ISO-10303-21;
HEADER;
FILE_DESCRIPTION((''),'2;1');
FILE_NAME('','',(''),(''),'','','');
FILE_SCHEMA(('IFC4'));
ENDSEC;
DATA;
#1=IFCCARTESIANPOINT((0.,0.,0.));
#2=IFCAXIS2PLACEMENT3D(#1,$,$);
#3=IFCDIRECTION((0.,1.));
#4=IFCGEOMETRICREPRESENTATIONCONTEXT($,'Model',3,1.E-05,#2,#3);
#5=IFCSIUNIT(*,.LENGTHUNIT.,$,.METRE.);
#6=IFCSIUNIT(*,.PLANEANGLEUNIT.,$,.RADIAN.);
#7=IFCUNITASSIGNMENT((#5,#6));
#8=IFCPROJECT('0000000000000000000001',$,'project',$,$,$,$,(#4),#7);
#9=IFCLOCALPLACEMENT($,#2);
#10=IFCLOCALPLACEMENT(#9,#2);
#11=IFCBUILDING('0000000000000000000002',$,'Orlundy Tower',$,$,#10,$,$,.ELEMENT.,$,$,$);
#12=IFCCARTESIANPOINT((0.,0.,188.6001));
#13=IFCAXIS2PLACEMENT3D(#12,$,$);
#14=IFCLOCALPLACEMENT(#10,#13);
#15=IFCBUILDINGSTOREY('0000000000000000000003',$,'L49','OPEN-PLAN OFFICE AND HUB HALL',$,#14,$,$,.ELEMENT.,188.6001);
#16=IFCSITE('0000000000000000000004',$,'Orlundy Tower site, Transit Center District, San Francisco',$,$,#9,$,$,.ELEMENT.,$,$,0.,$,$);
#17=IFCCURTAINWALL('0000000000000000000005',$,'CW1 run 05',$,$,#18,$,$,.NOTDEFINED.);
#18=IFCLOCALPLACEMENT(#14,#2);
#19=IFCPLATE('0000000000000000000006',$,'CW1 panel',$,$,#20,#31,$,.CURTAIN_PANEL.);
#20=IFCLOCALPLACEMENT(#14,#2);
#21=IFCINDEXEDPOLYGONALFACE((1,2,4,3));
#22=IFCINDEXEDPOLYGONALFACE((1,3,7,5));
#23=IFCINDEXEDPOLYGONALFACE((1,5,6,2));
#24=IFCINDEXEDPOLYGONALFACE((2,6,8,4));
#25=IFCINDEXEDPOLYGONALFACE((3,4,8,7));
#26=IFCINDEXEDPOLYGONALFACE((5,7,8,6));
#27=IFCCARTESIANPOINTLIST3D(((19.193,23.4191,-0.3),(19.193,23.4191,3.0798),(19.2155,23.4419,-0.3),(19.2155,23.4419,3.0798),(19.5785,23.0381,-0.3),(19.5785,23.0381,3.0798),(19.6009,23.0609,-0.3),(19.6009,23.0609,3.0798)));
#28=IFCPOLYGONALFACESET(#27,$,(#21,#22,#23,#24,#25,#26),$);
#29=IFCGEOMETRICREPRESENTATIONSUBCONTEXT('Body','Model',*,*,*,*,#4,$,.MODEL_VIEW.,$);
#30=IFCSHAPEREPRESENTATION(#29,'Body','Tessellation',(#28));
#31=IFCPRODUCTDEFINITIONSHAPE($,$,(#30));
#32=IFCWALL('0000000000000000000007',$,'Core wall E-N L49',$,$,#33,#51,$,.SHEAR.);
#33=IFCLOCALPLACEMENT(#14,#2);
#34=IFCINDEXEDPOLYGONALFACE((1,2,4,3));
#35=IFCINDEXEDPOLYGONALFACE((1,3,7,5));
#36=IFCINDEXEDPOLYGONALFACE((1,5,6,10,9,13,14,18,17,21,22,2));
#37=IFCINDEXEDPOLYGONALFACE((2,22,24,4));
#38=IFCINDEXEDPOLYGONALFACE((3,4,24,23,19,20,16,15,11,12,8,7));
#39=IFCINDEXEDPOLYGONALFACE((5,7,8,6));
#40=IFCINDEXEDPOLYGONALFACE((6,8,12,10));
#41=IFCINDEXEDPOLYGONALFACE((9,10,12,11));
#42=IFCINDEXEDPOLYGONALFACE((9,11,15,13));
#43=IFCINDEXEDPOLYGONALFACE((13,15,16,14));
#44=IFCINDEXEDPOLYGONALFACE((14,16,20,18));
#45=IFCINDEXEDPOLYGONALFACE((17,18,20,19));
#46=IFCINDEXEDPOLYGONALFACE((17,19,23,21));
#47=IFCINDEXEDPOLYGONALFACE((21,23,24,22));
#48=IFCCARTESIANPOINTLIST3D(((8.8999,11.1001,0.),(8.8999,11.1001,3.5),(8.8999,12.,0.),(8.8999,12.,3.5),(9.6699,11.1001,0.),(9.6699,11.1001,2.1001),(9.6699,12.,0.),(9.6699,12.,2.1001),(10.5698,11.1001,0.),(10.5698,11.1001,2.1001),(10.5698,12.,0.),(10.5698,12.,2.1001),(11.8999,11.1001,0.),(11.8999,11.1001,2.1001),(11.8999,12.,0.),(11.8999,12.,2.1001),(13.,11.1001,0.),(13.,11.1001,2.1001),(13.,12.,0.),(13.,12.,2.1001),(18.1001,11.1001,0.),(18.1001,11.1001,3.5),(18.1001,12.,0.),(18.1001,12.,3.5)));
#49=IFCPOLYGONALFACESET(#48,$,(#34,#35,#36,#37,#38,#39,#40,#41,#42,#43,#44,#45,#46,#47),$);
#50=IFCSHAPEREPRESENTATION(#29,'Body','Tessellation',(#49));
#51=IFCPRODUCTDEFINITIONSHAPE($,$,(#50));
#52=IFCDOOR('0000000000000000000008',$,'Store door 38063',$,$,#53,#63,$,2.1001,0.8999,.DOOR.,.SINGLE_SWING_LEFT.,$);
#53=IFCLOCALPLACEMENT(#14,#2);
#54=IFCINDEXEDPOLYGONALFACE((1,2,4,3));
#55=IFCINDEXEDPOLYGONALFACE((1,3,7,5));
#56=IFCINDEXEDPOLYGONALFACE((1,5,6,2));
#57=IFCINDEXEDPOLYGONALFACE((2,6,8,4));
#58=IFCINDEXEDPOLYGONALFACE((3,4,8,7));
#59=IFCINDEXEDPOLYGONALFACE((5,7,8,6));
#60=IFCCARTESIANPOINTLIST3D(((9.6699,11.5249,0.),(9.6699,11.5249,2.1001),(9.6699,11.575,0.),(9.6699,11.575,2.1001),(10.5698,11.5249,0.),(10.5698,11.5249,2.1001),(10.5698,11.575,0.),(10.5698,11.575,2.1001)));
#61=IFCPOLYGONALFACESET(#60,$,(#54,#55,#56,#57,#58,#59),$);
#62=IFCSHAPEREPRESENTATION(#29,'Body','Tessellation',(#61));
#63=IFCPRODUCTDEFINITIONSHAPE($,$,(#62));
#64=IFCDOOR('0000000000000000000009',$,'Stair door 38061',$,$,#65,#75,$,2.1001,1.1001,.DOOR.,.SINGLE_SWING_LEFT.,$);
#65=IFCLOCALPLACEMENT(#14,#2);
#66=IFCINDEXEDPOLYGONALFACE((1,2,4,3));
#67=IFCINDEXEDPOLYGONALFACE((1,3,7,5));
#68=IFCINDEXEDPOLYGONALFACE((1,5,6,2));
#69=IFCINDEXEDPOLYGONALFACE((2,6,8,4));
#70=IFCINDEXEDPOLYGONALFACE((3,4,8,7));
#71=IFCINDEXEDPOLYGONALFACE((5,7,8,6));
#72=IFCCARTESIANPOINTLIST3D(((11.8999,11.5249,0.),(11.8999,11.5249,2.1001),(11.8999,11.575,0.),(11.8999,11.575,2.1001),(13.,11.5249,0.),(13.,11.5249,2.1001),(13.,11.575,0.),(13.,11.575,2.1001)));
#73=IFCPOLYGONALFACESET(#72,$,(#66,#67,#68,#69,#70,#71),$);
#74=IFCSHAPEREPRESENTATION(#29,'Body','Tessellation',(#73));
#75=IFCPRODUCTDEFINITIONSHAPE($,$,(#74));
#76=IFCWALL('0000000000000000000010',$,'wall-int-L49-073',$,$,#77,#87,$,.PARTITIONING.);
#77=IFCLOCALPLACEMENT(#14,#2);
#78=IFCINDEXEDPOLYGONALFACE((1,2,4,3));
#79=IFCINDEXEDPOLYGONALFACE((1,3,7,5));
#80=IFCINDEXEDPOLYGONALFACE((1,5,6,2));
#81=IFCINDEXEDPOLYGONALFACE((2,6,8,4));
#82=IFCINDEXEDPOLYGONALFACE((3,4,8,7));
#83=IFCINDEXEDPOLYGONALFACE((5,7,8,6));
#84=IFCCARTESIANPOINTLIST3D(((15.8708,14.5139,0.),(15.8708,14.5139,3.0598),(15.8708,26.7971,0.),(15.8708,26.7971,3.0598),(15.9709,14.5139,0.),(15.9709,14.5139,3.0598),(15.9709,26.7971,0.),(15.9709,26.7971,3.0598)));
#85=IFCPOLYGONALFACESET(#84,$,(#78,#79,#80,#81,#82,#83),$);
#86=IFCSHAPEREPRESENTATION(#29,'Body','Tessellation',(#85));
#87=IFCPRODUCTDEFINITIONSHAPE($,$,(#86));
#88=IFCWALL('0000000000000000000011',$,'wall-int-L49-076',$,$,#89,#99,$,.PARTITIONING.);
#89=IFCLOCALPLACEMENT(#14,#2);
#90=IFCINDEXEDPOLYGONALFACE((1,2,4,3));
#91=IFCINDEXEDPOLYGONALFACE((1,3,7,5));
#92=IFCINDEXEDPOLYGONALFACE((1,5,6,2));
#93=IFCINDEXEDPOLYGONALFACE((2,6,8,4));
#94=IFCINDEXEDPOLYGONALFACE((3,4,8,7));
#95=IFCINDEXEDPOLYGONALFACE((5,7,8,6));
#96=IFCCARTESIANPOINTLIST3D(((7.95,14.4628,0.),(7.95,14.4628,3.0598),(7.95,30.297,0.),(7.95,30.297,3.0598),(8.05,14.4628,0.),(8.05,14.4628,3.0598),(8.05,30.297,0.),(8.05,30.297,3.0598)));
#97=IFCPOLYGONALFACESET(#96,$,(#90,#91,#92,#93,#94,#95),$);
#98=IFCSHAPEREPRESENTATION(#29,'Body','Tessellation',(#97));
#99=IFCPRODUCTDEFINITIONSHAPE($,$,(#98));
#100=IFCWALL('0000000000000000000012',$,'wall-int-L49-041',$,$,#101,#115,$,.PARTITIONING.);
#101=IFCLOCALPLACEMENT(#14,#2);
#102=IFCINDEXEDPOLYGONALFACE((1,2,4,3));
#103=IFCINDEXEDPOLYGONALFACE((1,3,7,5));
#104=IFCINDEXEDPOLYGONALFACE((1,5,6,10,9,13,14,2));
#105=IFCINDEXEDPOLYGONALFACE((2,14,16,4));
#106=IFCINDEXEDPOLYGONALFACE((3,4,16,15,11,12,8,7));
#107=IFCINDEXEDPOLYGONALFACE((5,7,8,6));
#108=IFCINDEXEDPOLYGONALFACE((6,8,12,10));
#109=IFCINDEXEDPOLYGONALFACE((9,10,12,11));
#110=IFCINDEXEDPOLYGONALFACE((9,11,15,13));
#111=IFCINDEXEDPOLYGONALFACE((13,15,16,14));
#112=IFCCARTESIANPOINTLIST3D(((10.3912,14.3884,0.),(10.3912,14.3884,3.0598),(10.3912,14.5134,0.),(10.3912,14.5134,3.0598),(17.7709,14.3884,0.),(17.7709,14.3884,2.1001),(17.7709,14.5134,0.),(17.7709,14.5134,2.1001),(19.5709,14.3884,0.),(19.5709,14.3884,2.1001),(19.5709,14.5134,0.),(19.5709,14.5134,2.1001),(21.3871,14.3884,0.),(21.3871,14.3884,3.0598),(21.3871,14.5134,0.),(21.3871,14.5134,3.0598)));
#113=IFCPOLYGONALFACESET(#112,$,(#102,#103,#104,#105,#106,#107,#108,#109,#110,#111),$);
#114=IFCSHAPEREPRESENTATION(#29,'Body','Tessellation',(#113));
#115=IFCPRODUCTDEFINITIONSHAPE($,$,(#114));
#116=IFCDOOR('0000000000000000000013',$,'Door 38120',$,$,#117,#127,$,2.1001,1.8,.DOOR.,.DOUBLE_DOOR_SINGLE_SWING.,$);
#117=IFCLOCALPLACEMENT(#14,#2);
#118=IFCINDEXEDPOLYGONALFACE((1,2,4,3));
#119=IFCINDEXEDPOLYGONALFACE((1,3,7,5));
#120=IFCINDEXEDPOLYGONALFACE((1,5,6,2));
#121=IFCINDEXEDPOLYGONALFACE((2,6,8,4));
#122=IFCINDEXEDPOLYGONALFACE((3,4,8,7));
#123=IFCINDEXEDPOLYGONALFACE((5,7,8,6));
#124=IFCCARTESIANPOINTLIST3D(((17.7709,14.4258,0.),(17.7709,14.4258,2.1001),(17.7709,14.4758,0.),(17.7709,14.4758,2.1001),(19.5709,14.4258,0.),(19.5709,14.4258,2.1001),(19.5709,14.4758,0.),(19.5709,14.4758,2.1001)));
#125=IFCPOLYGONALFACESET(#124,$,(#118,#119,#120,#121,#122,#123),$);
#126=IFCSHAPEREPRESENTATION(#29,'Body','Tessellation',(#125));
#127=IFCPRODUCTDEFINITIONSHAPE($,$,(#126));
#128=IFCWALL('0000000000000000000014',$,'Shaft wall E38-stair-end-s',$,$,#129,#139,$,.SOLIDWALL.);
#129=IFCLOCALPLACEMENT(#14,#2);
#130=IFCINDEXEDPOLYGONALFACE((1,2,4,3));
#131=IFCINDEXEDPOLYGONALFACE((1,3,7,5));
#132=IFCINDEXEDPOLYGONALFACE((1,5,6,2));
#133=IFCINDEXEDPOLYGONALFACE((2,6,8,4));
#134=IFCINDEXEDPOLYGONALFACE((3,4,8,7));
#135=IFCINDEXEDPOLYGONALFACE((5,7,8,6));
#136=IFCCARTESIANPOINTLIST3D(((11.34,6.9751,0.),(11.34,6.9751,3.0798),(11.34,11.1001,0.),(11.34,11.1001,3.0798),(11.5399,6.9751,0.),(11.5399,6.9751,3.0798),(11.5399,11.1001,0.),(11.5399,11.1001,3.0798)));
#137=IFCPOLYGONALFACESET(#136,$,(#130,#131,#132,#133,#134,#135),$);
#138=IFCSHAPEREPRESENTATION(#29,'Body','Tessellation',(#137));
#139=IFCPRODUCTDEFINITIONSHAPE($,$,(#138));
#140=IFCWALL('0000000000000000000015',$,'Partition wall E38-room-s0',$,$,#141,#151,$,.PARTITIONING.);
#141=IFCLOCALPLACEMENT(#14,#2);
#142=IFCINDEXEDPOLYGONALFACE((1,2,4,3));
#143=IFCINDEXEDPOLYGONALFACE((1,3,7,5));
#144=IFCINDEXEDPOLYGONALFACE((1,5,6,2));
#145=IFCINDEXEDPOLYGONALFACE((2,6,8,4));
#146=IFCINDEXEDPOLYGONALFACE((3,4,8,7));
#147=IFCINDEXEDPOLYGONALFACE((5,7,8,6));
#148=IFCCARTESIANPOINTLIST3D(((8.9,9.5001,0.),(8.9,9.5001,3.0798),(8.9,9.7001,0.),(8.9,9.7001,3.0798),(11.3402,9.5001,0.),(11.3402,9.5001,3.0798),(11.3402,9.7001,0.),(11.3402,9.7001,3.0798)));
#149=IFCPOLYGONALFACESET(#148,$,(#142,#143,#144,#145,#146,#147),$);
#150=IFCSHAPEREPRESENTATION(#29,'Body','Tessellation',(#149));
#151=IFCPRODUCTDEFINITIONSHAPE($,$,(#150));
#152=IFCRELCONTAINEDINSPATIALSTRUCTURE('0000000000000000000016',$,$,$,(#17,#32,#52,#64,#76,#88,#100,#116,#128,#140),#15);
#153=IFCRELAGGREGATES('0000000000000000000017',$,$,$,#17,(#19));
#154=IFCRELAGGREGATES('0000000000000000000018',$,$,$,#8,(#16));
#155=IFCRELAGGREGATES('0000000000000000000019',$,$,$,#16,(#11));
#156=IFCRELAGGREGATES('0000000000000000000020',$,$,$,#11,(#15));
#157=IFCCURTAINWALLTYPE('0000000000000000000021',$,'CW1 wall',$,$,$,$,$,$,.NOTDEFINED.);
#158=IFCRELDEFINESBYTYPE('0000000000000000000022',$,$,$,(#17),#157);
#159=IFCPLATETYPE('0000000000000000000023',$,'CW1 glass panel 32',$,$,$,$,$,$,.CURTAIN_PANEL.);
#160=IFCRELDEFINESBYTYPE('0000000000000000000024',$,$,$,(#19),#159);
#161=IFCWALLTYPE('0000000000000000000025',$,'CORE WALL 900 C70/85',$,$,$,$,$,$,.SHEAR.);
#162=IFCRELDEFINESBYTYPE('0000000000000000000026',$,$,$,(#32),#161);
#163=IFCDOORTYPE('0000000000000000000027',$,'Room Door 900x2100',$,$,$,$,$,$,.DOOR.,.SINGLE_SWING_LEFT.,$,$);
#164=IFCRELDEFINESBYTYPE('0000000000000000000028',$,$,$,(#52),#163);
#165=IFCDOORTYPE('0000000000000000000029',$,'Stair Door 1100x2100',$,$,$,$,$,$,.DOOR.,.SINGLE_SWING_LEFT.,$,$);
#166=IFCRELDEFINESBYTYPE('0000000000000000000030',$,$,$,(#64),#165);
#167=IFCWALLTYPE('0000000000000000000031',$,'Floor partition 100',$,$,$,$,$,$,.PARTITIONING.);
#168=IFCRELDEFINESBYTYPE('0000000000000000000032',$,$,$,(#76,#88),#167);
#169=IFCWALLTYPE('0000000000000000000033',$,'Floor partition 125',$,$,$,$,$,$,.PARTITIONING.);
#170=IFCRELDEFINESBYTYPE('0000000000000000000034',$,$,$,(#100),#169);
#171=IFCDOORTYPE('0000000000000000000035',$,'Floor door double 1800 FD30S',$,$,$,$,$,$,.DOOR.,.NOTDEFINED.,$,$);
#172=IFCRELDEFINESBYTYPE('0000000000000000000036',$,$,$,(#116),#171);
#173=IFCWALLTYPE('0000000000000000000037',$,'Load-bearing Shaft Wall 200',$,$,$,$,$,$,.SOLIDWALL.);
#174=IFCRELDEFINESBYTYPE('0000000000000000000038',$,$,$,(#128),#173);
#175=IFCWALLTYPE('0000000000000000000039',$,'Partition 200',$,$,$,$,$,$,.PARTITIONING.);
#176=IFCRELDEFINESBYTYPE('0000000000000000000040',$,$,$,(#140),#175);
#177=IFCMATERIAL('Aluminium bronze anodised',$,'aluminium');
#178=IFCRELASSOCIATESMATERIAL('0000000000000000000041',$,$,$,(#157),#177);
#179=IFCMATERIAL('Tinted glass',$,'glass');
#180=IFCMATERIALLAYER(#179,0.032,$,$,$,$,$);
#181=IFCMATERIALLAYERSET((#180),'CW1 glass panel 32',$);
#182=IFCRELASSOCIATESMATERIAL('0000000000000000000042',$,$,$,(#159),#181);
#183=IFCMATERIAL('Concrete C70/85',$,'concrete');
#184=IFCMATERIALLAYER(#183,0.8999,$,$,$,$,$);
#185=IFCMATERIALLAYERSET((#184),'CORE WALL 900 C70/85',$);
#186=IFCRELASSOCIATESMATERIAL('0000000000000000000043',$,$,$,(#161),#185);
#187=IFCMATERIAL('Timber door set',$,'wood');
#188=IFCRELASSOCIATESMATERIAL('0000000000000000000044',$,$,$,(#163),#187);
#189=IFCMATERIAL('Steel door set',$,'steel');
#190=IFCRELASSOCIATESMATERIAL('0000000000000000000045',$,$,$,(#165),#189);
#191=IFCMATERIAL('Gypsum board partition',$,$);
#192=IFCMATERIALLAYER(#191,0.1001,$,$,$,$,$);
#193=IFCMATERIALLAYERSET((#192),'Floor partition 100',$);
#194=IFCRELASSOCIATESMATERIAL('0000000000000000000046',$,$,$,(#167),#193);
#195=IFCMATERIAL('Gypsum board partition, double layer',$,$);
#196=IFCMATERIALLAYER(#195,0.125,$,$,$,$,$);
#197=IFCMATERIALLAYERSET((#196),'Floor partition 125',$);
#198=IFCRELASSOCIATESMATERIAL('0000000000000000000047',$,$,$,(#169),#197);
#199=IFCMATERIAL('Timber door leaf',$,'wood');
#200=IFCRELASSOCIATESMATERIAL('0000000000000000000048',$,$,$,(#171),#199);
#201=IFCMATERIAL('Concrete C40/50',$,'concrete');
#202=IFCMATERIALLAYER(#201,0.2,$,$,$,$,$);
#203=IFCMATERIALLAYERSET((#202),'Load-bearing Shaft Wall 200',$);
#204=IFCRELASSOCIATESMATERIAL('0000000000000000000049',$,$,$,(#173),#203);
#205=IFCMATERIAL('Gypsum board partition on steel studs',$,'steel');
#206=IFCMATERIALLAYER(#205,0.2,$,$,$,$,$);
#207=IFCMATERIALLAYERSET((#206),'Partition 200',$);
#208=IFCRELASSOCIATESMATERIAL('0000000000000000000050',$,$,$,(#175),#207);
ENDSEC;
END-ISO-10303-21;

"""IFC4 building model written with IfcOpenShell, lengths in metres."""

from ifc_helpers import new_model, si_unit, direction, frame, frame_2d, origin, origin_2d, place, context, subcontext, project, spatial, rectangle, extrude, material, layer, layer_set, type_object, element, fill, aggregate, save


model = new_model("IFC4")

# Units and contexts
model_context = context("Model", 3, precision=1e-05, world=origin(), true_north=direction((0.0, 1.0)))
body_context = subcontext(model_context, "Body", "Model", "MODEL_VIEW")
ifc_project = project(units=[si_unit("LENGTHUNIT", "METRE"), si_unit("PLANEANGLEUNIT", "RADIAN")], contexts=[model_context])

# Site, building, storey
site_placement = place(None, origin())
site = spatial("IfcSite", under=ifc_project, at=site_placement, Name="Orlundy Tower site, Transit Center District, San Francisco", CompositionType="ELEMENT", RefElevation=0.0)
building_placement = place(site_placement, origin())
building = spatial("IfcBuilding", under=site, at=building_placement, Name="Orlundy Tower", CompositionType="ELEMENT")
storey_placement = place(building_placement, frame((0.0, 0.0, 188.6001)))
storey = spatial("IfcBuildingStorey", under=building, at=storey_placement, Name="L49", Description="OPEN-PLAN OFFICE AND HUB HALL", CompositionType="ELEMENT", Elevation=188.6001)

# Curtain wall
ifc_material_1 = material(Name="Aluminium bronze anodised", Category="aluminium")
curtain_wall_type = type_object("IfcCurtainWallType", Name="CW1 wall", PredefinedType="NOTDEFINED", material=ifc_material_1)
curtain_wall_1_placement = place(storey_placement, origin())
curtain_wall_1 = element("IfcCurtainWall", 1, at=curtain_wall_1_placement, inside=storey, type_object=curtain_wall_type, Name="CW1 run 05", PredefinedType="NOTDEFINED")

# Plate
ifc_material_2 = material(Name="Tinted glass", Category="glass")
ifc_layer_1 = layer(ifc_material_2, 0.032)
ifc_layer_set_1 = layer_set([ifc_layer_1], Name="CW1 glass panel 32")
plate_type = type_object("IfcPlateType", Name="CW1 glass panel 32", PredefinedType="CURTAIN_PANEL", material=ifc_layer_set_1)
plate_1_placement = place(storey_placement, frame((19.397, 23.24, -0.3), z_axis=(0.0, 0.0, 1.0), x_axis=(0.711198, -0.702992, 0.0)))
plate_1 = element("IfcPlate", 2, at=plate_1_placement, type_object=plate_type, Name="CW1 panel", PredefinedType="CURTAIN_PANEL", context=body_context, shape_type="SweptSolid", body=[
    extrude(rectangle(XDim=0.542, YDim=0.032, at=origin_2d()), origin(), (0.0, 0.0, 1.0), 3.3799),
])
aggregate(curtain_wall_1, [plate_1])

# Wall, openings, doors
ifc_material_3 = material(Name="Concrete C70/85", Category="concrete")
ifc_layer_2 = layer(ifc_material_3, 0.8999)
ifc_layer_set_2 = layer_set([ifc_layer_2], Name="CORE WALL 900 C70/85")
wall_type_1 = type_object("IfcWallType", Name="CORE WALL 900 C70/85", PredefinedType="SHEAR", material=ifc_layer_set_2)
wall_1_placement = place(storey_placement, frame((8.8999, 11.55, 0.0), z_axis=(0.0, 0.0, 1.0), x_axis=(1.0, 0.0, 0.0)))
wall_1 = element("IfcWall", 3, at=wall_1_placement, inside=storey, type_object=wall_type_1, Name="Core wall E-N L49", PredefinedType="SHEAR", context=body_context, shape_type="SweptSolid", body=[
    extrude(rectangle(XDim=9.2002, YDim=0.8999, at=frame_2d((4.6001, 0.0))), origin(), (0.0, 0.0, 1.0), 3.5),
])
opening_1_placement = place(wall_1_placement, frame((3.0, 0.0, 0.0)))
opening_1 = element("IfcOpeningElement", 4, at=opening_1_placement, cuts=wall_1, PredefinedType="OPENING", context=body_context, shape_type="SweptSolid", body=[
    extrude(rectangle(XDim=1.1001, YDim=2.1001, at=frame_2d((0.55, 1.05))), frame((0.0, 0.46, 0.0), z_axis=(0.0, -1.0, 0.0), x_axis=(1.0, 0.0, 0.0)), (0.0, 0.0, 1.0), 0.9199),
])
opening_2_placement = place(wall_1_placement, frame((0.77, 0.0, 0.0)))
opening_2 = element("IfcOpeningElement", 5, at=opening_2_placement, cuts=wall_1, PredefinedType="OPENING", context=body_context, shape_type="SweptSolid", body=[
    extrude(rectangle(XDim=0.8999, YDim=2.1001, at=frame_2d((0.45, 1.05))), frame((0.0, 0.46, 0.0), z_axis=(0.0, -1.0, 0.0), x_axis=(1.0, 0.0, 0.0)), (0.0, 0.0, 1.0), 0.9199),
])
ifc_material_4 = material(Name="Timber door set", Category="wood")
door_type_1 = type_object("IfcDoorType", Name="Room Door 900x2100", OperationType="SINGLE_SWING_LEFT", PredefinedType="DOOR", material=ifc_material_4)
door_1_placement = place(opening_2_placement, origin())
door_1 = element("IfcDoor", 6, at=door_1_placement, inside=storey, type_object=door_type_1, Name="Store door 38063", OperationType="SINGLE_SWING_LEFT", OverallHeight=2.1001, OverallWidth=0.8999, PredefinedType="DOOR", context=body_context, shape_type="SweptSolid", body=[
    extrude(rectangle(XDim=0.8999, YDim=2.1001, at=frame_2d((0.45, 1.05))), frame((0.0, 0.0249, 0.0), z_axis=(0.0, -1.0, 0.0), x_axis=(1.0, 0.0, 0.0)), (0.0, 0.0, 1.0), 0.05),
])
fill(opening_2, door_1)
ifc_material_5 = material(Name="Steel door set", Category="steel")
door_type_2 = type_object("IfcDoorType", Name="Stair Door 1100x2100", OperationType="SINGLE_SWING_LEFT", PredefinedType="DOOR", material=ifc_material_5)
door_2_placement = place(opening_1_placement, origin())
door_2 = element("IfcDoor", 7, at=door_2_placement, inside=storey, type_object=door_type_2, Name="Stair door 38061", OperationType="SINGLE_SWING_LEFT", OverallHeight=2.1001, OverallWidth=1.1001, PredefinedType="DOOR", context=body_context, shape_type="SweptSolid", body=[
    extrude(rectangle(XDim=1.1001, YDim=2.1001, at=frame_2d((0.55, 1.05))), frame((0.0, 0.0249, 0.0), z_axis=(0.0, -1.0, 0.0), x_axis=(1.0, 0.0, 0.0)), (0.0, 0.0, 1.0), 0.05),
])
fill(opening_1, door_2)

# Walls
ifc_material_6 = material(Name="Gypsum board partition")
ifc_layer_3 = layer(ifc_material_6, 0.1001)
ifc_layer_set_3 = layer_set([ifc_layer_3], Name="Floor partition 100")
wall_type_2 = type_object("IfcWallType", Name="Floor partition 100", PredefinedType="PARTITIONING", material=ifc_layer_set_3)
wall_2_placement = place(storey_placement, frame((15.9209, 14.5139, 0.0), z_axis=(0.0, 0.0, 1.0), x_axis=(0.0, 1.0, 0.0)))
element("IfcWall", 8, at=wall_2_placement, inside=storey, type_object=wall_type_2, Name="wall-int-L49-073", PredefinedType="PARTITIONING", context=body_context, shape_type="SweptSolid", body=[
    extrude(rectangle(XDim=12.2832, YDim=0.1001, at=frame_2d((6.1416, 0.0))), origin(), (0.0, 0.0, 1.0), 3.0598),
])
wall_3_placement = place(storey_placement, frame((8.0, 14.4629, 0.0), z_axis=(0.0, 0.0, 1.0), x_axis=(0.0, 1.0, 0.0)))
element("IfcWall", 9, at=wall_3_placement, inside=storey, type_object=wall_type_2, Name="wall-int-L49-076", PredefinedType="PARTITIONING", context=body_context, shape_type="SweptSolid", body=[
    extrude(rectangle(XDim=15.8342, YDim=0.1001, at=frame_2d((7.917, 0.0))), origin(), (0.0, 0.0, 1.0), 3.0598),
])

# Wall, opening, door
ifc_material_7 = material(Name="Gypsum board partition, double layer")
ifc_layer_4 = layer(ifc_material_7, 0.125)
ifc_layer_set_4 = layer_set([ifc_layer_4], Name="Floor partition 125")
wall_type_3 = type_object("IfcWallType", Name="Floor partition 125", PredefinedType="PARTITIONING", material=ifc_layer_set_4)
wall_4_placement = place(storey_placement, frame((10.3911, 14.4509, 0.0), z_axis=(0.0, 0.0, 1.0), x_axis=(1.0, 0.0, 0.0)))
wall_4 = element("IfcWall", 10, at=wall_4_placement, inside=storey, type_object=wall_type_3, Name="wall-int-L49-041", PredefinedType="PARTITIONING", context=body_context, shape_type="SweptSolid", body=[
    extrude(rectangle(XDim=10.9958, YDim=0.125, at=frame_2d((5.498, 0.0))), origin(), (0.0, 0.0, 1.0), 3.0598),
])
opening_3_placement = place(wall_4_placement, frame((7.3799, 0.0, 0.0)))
opening_3 = element("IfcOpeningElement", 11, at=opening_3_placement, cuts=wall_4, PredefinedType="OPENING", context=body_context, shape_type="SweptSolid", body=[
    extrude(rectangle(XDim=1.8, YDim=2.1001, at=frame_2d((0.8999, 1.05))), frame((0.0, 0.0725, 0.0), z_axis=(0.0, -1.0, 0.0), x_axis=(1.0, 0.0, 0.0)), (0.0, 0.0, 1.0), 0.145),
])
ifc_material_8 = material(Name="Timber door leaf", Category="wood")
door_type_3 = type_object("IfcDoorType", Name="Floor door double 1800 FD30S", OperationType="NOTDEFINED", PredefinedType="DOOR", material=ifc_material_8)
door_3_placement = place(opening_3_placement, origin())
door_3 = element("IfcDoor", 12, at=door_3_placement, inside=storey, type_object=door_type_3, Name="Door 38120", OperationType="DOUBLE_DOOR_SINGLE_SWING", OverallHeight=2.1001, OverallWidth=1.8, PredefinedType="DOOR", context=body_context, shape_type="SweptSolid", body=[
    extrude(rectangle(XDim=1.8, YDim=2.1001, at=frame_2d((0.8999, 1.05))), frame((0.0, 0.0249, 0.0), z_axis=(0.0, -1.0, 0.0), x_axis=(1.0, 0.0, 0.0)), (0.0, 0.0, 1.0), 0.05),
])
fill(opening_3, door_3)

# Walls
ifc_material_9 = material(Name="Concrete C40/50", Category="concrete")
ifc_layer_5 = layer(ifc_material_9, 0.2)
ifc_layer_set_5 = layer_set([ifc_layer_5], Name="Load-bearing Shaft Wall 200")
wall_type_4 = type_object("IfcWallType", Name="Load-bearing Shaft Wall 200", PredefinedType="SOLIDWALL", material=ifc_layer_set_5)
wall_5_placement = place(storey_placement, frame((11.4399, 11.1001, 0.0), z_axis=(0.0, 0.0, 1.0), x_axis=(0.0, -1.0, 0.0)))
element("IfcWall", 13, at=wall_5_placement, inside=storey, type_object=wall_type_4, Name="Shaft wall E38-stair-end-s", PredefinedType="SOLIDWALL", context=body_context, shape_type="SweptSolid", body=[
    extrude(rectangle(XDim=4.125, YDim=0.2, at=frame_2d((2.0625, 0.0))), origin(), (0.0, 0.0, 1.0), 3.0798),
])
ifc_material_10 = material(Name="Gypsum board partition on steel studs", Category="steel")
ifc_layer_6 = layer(ifc_material_10, 0.2)
ifc_layer_set_6 = layer_set([ifc_layer_6], Name="Partition 200")
wall_type_5 = type_object("IfcWallType", Name="Partition 200", PredefinedType="PARTITIONING", material=ifc_layer_set_6)
wall_6_placement = place(storey_placement, frame((8.8999, 9.6001, 0.0), z_axis=(0.0, 0.0, 1.0), x_axis=(1.0, 0.0, 0.0)))
element("IfcWall", 14, at=wall_6_placement, inside=storey, type_object=wall_type_5, Name="Partition wall E38-room-s0", PredefinedType="PARTITIONING", context=body_context, shape_type="SweptSolid", body=[
    extrude(rectangle(XDim=2.4402, YDim=0.2, at=frame_2d((1.2202, 0.0))), origin(), (0.0, 0.0, 1.0), 3.0798),
])

save(model, "model.ifc")
